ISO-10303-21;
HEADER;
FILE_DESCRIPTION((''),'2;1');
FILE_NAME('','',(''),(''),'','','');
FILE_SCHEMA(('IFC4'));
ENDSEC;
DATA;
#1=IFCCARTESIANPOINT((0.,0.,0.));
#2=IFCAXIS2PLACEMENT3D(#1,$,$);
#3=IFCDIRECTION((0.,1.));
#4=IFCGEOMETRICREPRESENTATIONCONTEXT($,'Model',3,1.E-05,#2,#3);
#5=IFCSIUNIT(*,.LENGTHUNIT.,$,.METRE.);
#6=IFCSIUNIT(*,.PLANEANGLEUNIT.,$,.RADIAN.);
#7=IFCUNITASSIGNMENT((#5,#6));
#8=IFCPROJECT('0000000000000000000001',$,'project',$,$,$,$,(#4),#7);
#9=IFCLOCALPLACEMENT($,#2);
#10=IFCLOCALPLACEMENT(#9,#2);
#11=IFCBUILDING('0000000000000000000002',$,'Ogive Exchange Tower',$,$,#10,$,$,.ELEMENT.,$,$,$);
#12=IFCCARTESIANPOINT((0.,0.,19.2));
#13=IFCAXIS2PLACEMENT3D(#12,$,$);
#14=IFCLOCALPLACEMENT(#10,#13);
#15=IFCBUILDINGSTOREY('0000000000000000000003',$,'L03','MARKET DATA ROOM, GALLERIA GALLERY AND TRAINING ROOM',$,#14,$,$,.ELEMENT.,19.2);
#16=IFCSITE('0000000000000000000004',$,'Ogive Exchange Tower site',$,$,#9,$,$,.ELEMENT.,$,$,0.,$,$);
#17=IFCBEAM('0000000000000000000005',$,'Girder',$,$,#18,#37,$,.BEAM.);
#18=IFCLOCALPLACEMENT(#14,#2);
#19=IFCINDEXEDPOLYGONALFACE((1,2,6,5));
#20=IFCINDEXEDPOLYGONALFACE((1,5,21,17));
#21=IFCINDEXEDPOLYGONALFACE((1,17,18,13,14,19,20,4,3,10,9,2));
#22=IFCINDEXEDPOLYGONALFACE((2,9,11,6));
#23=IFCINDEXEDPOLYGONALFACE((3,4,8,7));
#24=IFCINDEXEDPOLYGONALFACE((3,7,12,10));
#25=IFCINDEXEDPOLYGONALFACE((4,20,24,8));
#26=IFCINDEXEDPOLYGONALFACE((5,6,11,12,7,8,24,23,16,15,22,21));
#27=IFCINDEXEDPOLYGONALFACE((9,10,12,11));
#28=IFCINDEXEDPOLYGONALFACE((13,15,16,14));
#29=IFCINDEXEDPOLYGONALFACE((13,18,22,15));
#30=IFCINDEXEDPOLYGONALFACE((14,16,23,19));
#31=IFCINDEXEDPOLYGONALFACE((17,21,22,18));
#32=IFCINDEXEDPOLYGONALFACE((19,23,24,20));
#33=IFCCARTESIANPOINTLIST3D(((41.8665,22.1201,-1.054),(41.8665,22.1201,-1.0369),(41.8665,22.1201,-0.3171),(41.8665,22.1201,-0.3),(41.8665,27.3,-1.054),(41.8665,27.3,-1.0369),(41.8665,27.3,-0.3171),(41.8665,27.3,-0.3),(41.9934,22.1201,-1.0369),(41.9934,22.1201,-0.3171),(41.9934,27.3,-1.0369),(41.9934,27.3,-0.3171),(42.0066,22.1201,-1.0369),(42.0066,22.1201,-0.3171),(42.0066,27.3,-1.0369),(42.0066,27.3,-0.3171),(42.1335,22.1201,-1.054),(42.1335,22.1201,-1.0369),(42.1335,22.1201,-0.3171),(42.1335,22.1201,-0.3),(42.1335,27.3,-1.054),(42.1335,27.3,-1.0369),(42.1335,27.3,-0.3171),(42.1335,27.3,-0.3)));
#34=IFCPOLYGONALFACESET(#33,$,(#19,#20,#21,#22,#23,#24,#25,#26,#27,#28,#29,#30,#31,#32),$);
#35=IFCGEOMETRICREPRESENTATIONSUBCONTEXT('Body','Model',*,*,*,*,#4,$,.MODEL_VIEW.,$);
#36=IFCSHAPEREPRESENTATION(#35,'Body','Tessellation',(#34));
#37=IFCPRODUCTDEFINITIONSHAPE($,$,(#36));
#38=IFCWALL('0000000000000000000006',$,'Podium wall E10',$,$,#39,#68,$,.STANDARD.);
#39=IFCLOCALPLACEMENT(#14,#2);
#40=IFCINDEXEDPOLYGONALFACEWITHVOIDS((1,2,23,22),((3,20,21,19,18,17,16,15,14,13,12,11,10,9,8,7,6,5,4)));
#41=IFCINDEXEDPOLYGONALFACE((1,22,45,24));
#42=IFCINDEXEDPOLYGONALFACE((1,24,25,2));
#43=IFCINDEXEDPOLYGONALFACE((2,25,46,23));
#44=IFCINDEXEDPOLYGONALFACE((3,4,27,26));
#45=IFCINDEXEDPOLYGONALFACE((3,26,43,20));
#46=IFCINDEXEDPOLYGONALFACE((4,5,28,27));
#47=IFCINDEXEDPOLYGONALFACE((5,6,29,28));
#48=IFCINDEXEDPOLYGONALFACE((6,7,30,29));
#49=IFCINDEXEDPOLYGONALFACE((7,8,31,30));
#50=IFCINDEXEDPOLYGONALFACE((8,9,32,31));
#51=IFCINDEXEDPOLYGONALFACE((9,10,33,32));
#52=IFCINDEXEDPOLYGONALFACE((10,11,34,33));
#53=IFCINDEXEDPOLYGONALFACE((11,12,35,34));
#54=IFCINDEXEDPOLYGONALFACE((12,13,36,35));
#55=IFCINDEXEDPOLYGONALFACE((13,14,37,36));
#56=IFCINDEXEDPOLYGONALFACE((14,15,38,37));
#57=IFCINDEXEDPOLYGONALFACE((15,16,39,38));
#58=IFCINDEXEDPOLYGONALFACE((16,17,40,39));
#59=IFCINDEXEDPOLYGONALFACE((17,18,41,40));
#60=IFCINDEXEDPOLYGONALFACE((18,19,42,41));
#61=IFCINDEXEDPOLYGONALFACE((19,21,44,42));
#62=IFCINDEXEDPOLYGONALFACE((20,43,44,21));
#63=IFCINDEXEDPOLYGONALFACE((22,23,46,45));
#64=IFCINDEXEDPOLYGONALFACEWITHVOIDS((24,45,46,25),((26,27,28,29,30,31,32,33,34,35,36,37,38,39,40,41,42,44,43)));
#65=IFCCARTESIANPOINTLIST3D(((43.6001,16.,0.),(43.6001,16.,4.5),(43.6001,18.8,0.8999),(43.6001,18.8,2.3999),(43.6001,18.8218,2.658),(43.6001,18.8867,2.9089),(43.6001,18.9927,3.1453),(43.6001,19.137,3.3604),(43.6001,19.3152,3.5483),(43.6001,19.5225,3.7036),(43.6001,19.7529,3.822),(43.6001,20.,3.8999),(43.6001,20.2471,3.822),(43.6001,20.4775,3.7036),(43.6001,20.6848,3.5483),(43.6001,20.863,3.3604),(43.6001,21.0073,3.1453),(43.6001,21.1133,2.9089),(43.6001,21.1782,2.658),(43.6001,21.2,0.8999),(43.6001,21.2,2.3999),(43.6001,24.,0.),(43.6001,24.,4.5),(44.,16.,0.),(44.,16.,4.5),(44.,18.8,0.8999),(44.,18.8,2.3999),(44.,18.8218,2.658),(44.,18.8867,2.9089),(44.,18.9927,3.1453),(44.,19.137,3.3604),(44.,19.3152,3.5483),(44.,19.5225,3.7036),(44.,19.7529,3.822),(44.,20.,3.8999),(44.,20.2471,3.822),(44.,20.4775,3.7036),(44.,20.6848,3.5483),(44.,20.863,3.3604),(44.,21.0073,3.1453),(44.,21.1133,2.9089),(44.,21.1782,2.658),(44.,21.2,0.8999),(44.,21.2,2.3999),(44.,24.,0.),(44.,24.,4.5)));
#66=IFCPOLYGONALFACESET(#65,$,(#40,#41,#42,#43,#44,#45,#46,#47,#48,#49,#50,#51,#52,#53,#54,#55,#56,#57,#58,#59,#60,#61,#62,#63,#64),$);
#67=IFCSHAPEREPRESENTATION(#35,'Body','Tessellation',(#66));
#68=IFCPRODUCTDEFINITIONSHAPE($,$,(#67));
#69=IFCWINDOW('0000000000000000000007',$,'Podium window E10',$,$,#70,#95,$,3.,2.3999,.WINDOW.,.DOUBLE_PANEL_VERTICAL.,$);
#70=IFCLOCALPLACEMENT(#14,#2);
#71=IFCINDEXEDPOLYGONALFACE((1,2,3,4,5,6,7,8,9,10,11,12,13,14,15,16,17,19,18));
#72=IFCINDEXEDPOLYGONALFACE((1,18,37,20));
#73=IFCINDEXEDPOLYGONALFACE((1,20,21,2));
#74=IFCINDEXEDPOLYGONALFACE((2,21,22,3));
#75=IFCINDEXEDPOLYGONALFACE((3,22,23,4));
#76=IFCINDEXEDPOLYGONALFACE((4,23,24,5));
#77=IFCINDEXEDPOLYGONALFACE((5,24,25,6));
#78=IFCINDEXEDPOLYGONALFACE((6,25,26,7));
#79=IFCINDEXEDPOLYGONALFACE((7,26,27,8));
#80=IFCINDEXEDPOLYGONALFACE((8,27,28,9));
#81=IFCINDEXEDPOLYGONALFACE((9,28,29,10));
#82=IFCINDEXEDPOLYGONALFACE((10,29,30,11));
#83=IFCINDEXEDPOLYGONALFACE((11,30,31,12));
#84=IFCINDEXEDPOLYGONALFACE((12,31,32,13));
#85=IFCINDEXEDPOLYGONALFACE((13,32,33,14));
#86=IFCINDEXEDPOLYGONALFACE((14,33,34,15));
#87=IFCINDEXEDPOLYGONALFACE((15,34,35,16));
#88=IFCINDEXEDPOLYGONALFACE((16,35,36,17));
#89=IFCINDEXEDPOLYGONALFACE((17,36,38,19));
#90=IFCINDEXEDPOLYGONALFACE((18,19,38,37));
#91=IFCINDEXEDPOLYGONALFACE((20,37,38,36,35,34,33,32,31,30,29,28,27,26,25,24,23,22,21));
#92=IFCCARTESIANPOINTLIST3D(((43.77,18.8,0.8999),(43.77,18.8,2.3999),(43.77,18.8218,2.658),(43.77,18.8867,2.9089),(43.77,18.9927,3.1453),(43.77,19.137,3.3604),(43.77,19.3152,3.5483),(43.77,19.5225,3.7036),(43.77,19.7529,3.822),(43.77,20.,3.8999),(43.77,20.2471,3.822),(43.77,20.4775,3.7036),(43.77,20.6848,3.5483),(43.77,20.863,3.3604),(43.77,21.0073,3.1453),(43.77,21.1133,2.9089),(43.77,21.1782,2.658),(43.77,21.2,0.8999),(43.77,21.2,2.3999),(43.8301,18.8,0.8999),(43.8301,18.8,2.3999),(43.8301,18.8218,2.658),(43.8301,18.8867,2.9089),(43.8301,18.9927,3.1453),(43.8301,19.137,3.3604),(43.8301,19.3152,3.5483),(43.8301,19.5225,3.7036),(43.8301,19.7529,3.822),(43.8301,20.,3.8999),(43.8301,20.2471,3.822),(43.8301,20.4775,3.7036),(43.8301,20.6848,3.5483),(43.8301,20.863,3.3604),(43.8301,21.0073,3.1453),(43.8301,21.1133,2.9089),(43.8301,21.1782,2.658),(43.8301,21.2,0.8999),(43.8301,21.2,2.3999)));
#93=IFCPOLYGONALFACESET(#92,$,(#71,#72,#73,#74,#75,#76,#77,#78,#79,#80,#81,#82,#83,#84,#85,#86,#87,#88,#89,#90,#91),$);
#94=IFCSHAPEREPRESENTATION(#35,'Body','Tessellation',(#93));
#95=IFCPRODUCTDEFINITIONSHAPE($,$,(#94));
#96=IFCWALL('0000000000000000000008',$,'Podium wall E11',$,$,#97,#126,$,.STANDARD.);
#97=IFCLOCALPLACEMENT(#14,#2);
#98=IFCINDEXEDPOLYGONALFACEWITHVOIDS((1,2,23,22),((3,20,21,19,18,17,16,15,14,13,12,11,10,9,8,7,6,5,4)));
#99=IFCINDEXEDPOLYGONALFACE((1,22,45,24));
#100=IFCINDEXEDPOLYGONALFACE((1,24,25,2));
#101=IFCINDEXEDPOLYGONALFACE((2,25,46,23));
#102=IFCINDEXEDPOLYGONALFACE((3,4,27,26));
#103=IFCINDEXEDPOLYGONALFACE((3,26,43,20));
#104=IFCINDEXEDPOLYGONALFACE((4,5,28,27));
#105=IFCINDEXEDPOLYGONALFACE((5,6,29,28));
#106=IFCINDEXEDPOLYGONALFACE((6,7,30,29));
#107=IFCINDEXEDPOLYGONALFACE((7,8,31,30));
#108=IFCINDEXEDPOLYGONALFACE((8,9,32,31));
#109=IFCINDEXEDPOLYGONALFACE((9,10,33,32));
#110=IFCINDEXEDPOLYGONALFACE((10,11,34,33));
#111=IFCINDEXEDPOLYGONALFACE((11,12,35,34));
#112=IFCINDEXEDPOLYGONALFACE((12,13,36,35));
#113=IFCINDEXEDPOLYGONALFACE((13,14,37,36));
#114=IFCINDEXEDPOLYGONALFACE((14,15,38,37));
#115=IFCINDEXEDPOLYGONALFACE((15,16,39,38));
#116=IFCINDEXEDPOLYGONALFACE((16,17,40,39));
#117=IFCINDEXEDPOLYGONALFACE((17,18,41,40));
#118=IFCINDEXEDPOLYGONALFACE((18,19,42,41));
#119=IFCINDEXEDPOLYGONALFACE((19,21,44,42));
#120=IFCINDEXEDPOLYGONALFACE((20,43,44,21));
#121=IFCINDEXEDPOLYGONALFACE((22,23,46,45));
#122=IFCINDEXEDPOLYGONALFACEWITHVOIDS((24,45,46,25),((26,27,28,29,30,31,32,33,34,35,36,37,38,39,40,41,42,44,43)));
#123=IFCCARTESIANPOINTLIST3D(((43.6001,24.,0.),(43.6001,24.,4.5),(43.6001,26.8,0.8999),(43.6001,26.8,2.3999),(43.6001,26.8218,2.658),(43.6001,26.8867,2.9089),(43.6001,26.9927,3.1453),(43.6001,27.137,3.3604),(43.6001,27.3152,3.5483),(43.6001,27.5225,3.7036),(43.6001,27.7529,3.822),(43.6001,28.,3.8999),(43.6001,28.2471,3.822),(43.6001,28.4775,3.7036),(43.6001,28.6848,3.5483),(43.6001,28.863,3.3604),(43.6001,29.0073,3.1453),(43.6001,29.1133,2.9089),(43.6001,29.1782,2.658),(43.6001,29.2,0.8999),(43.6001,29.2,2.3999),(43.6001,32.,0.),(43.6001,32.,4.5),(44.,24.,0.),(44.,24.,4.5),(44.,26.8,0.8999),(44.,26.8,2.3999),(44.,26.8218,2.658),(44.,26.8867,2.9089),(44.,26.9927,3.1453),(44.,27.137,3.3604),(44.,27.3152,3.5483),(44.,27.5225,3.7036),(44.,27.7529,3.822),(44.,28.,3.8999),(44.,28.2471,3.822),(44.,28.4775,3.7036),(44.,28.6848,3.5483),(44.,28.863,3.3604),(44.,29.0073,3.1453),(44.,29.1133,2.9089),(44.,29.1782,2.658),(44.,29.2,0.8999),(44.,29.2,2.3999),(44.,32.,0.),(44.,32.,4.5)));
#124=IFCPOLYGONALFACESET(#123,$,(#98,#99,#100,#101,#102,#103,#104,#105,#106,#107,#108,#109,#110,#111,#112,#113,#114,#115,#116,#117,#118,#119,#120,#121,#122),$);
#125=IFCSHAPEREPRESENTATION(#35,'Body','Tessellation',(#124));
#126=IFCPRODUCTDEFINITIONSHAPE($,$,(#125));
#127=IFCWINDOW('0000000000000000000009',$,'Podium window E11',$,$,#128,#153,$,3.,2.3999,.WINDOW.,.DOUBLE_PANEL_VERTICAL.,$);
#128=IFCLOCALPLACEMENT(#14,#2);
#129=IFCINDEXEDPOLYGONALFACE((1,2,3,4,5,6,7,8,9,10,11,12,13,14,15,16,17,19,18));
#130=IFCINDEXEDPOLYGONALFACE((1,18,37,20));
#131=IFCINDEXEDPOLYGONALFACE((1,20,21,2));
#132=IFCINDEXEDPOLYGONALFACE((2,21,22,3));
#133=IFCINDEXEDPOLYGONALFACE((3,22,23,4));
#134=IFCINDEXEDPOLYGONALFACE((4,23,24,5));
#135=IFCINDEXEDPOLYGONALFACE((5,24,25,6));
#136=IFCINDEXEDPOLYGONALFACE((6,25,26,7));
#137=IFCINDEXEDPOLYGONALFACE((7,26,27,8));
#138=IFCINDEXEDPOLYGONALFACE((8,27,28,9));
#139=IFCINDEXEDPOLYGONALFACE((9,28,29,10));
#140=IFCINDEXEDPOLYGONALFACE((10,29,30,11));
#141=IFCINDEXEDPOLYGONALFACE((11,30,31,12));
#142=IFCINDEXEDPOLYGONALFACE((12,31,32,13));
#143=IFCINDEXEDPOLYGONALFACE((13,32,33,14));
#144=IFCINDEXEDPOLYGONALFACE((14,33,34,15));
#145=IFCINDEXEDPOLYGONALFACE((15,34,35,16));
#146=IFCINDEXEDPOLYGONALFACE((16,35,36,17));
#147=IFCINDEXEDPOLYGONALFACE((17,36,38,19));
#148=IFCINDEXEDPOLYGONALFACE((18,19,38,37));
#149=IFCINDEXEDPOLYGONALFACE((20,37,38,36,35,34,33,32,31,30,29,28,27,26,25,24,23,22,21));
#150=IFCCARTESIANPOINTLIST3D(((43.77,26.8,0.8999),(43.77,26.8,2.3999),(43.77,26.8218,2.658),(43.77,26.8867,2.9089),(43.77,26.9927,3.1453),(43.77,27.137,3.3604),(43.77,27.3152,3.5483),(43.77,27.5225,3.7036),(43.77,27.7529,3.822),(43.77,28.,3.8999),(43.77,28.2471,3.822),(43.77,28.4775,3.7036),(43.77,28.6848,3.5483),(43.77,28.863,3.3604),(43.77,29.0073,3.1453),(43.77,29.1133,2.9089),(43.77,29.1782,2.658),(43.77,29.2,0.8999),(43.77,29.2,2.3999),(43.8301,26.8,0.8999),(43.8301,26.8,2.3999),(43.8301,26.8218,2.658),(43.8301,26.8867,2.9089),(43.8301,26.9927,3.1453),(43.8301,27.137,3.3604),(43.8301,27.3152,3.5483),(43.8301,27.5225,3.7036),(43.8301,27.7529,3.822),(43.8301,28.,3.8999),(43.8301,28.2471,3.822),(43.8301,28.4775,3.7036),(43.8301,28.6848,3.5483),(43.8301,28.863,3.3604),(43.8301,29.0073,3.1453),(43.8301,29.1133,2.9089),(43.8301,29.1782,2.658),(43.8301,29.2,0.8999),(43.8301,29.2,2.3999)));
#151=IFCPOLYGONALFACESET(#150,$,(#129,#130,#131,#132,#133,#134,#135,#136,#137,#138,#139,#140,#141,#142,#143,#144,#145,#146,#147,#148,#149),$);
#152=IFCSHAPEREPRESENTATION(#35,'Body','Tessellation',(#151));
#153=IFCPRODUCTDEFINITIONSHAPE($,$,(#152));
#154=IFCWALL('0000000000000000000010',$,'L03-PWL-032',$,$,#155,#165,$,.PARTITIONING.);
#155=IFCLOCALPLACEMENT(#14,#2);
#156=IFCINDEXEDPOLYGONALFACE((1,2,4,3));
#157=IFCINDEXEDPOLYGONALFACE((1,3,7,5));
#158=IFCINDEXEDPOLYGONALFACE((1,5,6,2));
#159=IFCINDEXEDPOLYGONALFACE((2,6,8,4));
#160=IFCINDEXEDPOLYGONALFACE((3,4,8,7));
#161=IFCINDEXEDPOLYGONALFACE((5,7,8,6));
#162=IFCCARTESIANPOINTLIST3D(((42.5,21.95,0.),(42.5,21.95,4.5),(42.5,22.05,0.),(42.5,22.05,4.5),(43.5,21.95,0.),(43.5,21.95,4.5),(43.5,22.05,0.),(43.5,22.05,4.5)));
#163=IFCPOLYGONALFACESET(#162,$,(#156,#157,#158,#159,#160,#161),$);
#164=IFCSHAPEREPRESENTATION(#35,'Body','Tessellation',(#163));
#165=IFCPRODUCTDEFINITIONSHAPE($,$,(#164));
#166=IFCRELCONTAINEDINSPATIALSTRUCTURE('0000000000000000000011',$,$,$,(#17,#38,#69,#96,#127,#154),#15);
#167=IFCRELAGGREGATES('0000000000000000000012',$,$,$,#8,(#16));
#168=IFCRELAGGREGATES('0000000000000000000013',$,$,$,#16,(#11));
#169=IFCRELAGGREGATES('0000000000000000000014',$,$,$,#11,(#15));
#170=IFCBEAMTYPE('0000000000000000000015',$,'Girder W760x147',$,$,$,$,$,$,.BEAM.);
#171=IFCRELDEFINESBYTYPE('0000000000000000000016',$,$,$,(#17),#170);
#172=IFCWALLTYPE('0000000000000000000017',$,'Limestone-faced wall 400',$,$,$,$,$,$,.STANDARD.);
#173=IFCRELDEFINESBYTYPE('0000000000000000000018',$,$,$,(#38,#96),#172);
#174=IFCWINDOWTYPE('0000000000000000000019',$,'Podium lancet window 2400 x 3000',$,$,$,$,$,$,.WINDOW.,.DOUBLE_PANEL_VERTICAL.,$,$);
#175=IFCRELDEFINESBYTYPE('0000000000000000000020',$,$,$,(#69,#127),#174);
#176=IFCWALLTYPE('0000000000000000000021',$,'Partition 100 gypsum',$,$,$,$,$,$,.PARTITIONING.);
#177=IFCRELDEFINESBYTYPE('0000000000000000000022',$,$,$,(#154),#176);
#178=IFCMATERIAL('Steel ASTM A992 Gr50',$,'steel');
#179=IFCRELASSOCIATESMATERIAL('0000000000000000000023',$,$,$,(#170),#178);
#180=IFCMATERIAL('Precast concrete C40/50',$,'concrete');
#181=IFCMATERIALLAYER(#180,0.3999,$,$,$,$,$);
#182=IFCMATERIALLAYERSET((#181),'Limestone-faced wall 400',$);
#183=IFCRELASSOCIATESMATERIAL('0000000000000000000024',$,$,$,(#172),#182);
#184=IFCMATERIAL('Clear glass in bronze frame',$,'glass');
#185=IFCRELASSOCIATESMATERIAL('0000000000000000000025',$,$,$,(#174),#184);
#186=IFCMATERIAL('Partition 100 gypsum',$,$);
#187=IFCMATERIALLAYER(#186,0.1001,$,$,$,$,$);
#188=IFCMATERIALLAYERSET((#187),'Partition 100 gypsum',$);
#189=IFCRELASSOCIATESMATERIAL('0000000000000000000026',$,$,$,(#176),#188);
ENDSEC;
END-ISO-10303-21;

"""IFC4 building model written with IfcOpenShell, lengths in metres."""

from ifc_helpers import new_model, si_unit, direction, frame, frame_2d, origin, origin_2d, place, context, subcontext, project, spatial, polyline, rectangle, i_section, outline, extrude, material, layer, layer_set, material_profile, profile_set, type_object, element, fill, save


model = new_model("IFC4")

# Units and contexts
model_context = context("Model", 3, precision=1e-05, world=origin(), true_north=direction((0.0, 1.0)))
body_context = subcontext(model_context, "Body", "Model", "MODEL_VIEW")
ifc_project = project(units=[si_unit("LENGTHUNIT", "METRE"), si_unit("PLANEANGLEUNIT", "RADIAN")], contexts=[model_context])

# Site, building, storey
site_placement = place(None, origin())
site = spatial("IfcSite", under=ifc_project, at=site_placement, Name="Ogive Exchange Tower site", CompositionType="ELEMENT", RefElevation=0.0)
building_placement = place(site_placement, origin())
building = spatial("IfcBuilding", under=site, at=building_placement, Name="Ogive Exchange Tower", CompositionType="ELEMENT")
storey_placement = place(building_placement, frame((0.0, 0.0, 19.2)))
storey = spatial("IfcBuildingStorey", under=building, at=storey_placement, Name="L03", Description="MARKET DATA ROOM, GALLERIA GALLERY AND TRAINING ROOM", CompositionType="ELEMENT", Elevation=19.2)

# Beam
ifc_material_1 = material(Name="Steel ASTM A992 Gr50", Category="steel")
ifc_material_profile_1 = material_profile(ifc_material_1, i_section(OverallWidth=0.2671, OverallDepth=0.7539, WebThickness=0.0132, FlangeThickness=0.0171, at=origin_2d()), Name="W760x147")
ifc_profile_set_1 = profile_set([ifc_material_profile_1], Name="Steel ASTM A992 Gr50")
beam_type_1 = type_object("IfcBeamType", Name="Girder W760x147", PredefinedType="BEAM", material=ifc_profile_set_1)
beam_1_placement = place(storey_placement, frame((42.0, 22.1201, -0.677), z_axis=(0.0, 1.0, 0.0), x_axis=(-1.0, 0.0, 0.0)))
element("IfcBeam", 1, at=beam_1_placement, inside=storey, type_object=beam_type_1, Name="Girder", PredefinedType="BEAM", context=body_context, shape_type="SweptSolid", body=[
    extrude(i_section(OverallWidth=0.2671, OverallDepth=0.7539, WebThickness=0.0132, FlangeThickness=0.0171, at=origin_2d()), origin(), (0.0, 0.0, 1.0), 5.1799),
])

# Walls, openings, windows
ifc_material_2 = material(Name="Precast concrete C40/50", Category="concrete")
ifc_layer_1 = layer(ifc_material_2, 0.3999)
ifc_layer_set_1 = layer_set([ifc_layer_1], Name="Limestone-faced wall 400")
wall_type_1 = type_object("IfcWallType", Name="Limestone-faced wall 400", PredefinedType="STANDARD", material=ifc_layer_set_1)
wall_1_placement = place(storey_placement, frame((43.8, 16.0, 0.0), z_axis=(0.0, 0.0, 1.0), x_axis=(0.0, 1.0, 0.0)))
wall_1 = element("IfcWall", 2, at=wall_1_placement, inside=storey, type_object=wall_type_1, Name="Podium wall E10", PredefinedType="STANDARD", context=body_context, shape_type="SweptSolid", body=[
    extrude(rectangle(XDim=8.0, YDim=0.3999, at=frame_2d((4.0, 0.0))), origin(), (0.0, 0.0, 1.0), 4.5),
])
opening_1_placement = place(wall_1_placement, frame((2.8, 0.0, 0.8999)))
opening_1 = element("IfcOpeningElement", 3, at=opening_1_placement, cuts=wall_1, PredefinedType="OPENING", context=body_context, shape_type="SweptSolid", body=[
    extrude(outline(polyline([(0.0, 0.0), (2.3999, 0.0), (2.3999, 1.5), (2.3782, 1.7581), (2.3132, 2.009), (2.2073, 2.2454), (2.063, 2.4604), (1.8848, 2.6484), (1.6775, 2.8037), (1.447, 2.9221), (1.2, 3.0), (0.9529, 2.9221), (0.7224, 2.8037), (0.5151, 2.6484), (0.3369, 2.4604), (0.1926, 2.2454), (0.0867, 2.009), (0.0217, 1.7581), (0.0, 1.5), (0.0, 0.0)])), frame((0.0, 0.21, 0.0), z_axis=(0.0, -1.0, 0.0), x_axis=(1.0, 0.0, 0.0)), (0.0, 0.0, 1.0), 0.4199),
])
ifc_material_3 = material(Name="Clear glass in bronze frame", Category="glass")
window_type = type_object("IfcWindowType", Name="Podium lancet window 2400 x 3000", PartitioningType="DOUBLE_PANEL_VERTICAL", PredefinedType="WINDOW", material=ifc_material_3)
window_1_placement = place(opening_1_placement, origin())
window_1 = element("IfcWindow", 4, at=window_1_placement, inside=storey, type_object=window_type, Name="Podium window E10", OverallHeight=3.0, OverallWidth=2.3999, PartitioningType="DOUBLE_PANEL_VERTICAL", PredefinedType="WINDOW", context=body_context, shape_type="SweptSolid", body=[
    extrude(outline(polyline([(0.0, 0.0), (2.3999, 0.0), (2.3999, 1.5), (2.3782, 1.7581), (2.3132, 2.009), (2.2073, 2.2454), (2.063, 2.4604), (1.8848, 2.6484), (1.6775, 2.8037), (1.447, 2.9221), (1.2, 3.0), (0.9529, 2.9221), (0.7224, 2.8037), (0.5151, 2.6484), (0.3369, 2.4604), (0.1926, 2.2454), (0.0867, 2.009), (0.0217, 1.7581), (0.0, 1.5), (0.0, 0.0)])), frame((0.0, 0.03, 0.0), z_axis=(0.0, -1.0, 0.0), x_axis=(1.0, 0.0, 0.0)), (0.0, 0.0, 1.0), 0.0601),
])
fill(opening_1, window_1)
wall_2_placement = place(storey_placement, frame((43.8, 24.0, 0.0), z_axis=(0.0, 0.0, 1.0), x_axis=(0.0, 1.0, 0.0)))
wall_2 = element("IfcWall", 5, at=wall_2_placement, inside=storey, type_object=wall_type_1, Name="Podium wall E11", PredefinedType="STANDARD", context=body_context, shape_type="SweptSolid", body=[
    extrude(rectangle(XDim=8.0, YDim=0.3999, at=frame_2d((4.0, 0.0))), origin(), (0.0, 0.0, 1.0), 4.5),
])
opening_2_placement = place(wall_2_placement, frame((2.8, 0.0, 0.8999)))
opening_2 = element("IfcOpeningElement", 6, at=opening_2_placement, cuts=wall_2, PredefinedType="OPENING", context=body_context, shape_type="SweptSolid", body=[
    extrude(outline(polyline([(0.0, 0.0), (2.3999, 0.0), (2.3999, 1.5), (2.3782, 1.7581), (2.3132, 2.009), (2.2073, 2.2454), (2.063, 2.4604), (1.8848, 2.6484), (1.6775, 2.8037), (1.447, 2.9221), (1.2, 3.0), (0.9529, 2.9221), (0.7224, 2.8037), (0.5151, 2.6484), (0.3369, 2.4604), (0.1926, 2.2454), (0.0867, 2.009), (0.0217, 1.7581), (0.0, 1.5), (0.0, 0.0)])), frame((0.0, 0.21, 0.0), z_axis=(0.0, -1.0, 0.0), x_axis=(1.0, 0.0, 0.0)), (0.0, 0.0, 1.0), 0.4199),
])
window_2_placement = place(opening_2_placement, origin())
window_2 = element("IfcWindow", 7, at=window_2_placement, inside=storey, type_object=window_type, Name="Podium window E11", OverallHeight=3.0, OverallWidth=2.3999, PartitioningType="DOUBLE_PANEL_VERTICAL", PredefinedType="WINDOW", context=body_context, shape_type="SweptSolid", body=[
    extrude(outline(polyline([(0.0, 0.0), (2.3999, 0.0), (2.3999, 1.5), (2.3782, 1.7581), (2.3132, 2.009), (2.2073, 2.2454), (2.063, 2.4604), (1.8848, 2.6484), (1.6775, 2.8037), (1.447, 2.9221), (1.2, 3.0), (0.9529, 2.9221), (0.7224, 2.8037), (0.5151, 2.6484), (0.3369, 2.4604), (0.1926, 2.2454), (0.0867, 2.009), (0.0217, 1.7581), (0.0, 1.5), (0.0, 0.0)])), frame((0.0, 0.03, 0.0), z_axis=(0.0, -1.0, 0.0), x_axis=(1.0, 0.0, 0.0)), (0.0, 0.0, 1.0), 0.0601),
])
fill(opening_2, window_2)

# Wall
ifc_material_4 = material(Name="Partition 100 gypsum")
ifc_layer_2 = layer(ifc_material_4, 0.1001)
ifc_layer_set_2 = layer_set([ifc_layer_2], Name="Partition 100 gypsum")
wall_type_2 = type_object("IfcWallType", Name="Partition 100 gypsum", PredefinedType="PARTITIONING", material=ifc_layer_set_2)
wall_3_placement = place(storey_placement, frame((42.5, 22.0, 0.0), z_axis=(0.0, 0.0, 1.0), x_axis=(1.0, 0.0, 0.0)))
element("IfcWall", 8, at=wall_3_placement, inside=storey, type_object=wall_type_2, Name="L03-PWL-032", PredefinedType="PARTITIONING", context=body_context, shape_type="SweptSolid", body=[
    extrude(rectangle(XDim=1.0, YDim=0.1001, at=frame_2d((0.5, 0.0))), origin(), (0.0, 0.0, 1.0), 4.5),
])

save(model, "model.ifc")
